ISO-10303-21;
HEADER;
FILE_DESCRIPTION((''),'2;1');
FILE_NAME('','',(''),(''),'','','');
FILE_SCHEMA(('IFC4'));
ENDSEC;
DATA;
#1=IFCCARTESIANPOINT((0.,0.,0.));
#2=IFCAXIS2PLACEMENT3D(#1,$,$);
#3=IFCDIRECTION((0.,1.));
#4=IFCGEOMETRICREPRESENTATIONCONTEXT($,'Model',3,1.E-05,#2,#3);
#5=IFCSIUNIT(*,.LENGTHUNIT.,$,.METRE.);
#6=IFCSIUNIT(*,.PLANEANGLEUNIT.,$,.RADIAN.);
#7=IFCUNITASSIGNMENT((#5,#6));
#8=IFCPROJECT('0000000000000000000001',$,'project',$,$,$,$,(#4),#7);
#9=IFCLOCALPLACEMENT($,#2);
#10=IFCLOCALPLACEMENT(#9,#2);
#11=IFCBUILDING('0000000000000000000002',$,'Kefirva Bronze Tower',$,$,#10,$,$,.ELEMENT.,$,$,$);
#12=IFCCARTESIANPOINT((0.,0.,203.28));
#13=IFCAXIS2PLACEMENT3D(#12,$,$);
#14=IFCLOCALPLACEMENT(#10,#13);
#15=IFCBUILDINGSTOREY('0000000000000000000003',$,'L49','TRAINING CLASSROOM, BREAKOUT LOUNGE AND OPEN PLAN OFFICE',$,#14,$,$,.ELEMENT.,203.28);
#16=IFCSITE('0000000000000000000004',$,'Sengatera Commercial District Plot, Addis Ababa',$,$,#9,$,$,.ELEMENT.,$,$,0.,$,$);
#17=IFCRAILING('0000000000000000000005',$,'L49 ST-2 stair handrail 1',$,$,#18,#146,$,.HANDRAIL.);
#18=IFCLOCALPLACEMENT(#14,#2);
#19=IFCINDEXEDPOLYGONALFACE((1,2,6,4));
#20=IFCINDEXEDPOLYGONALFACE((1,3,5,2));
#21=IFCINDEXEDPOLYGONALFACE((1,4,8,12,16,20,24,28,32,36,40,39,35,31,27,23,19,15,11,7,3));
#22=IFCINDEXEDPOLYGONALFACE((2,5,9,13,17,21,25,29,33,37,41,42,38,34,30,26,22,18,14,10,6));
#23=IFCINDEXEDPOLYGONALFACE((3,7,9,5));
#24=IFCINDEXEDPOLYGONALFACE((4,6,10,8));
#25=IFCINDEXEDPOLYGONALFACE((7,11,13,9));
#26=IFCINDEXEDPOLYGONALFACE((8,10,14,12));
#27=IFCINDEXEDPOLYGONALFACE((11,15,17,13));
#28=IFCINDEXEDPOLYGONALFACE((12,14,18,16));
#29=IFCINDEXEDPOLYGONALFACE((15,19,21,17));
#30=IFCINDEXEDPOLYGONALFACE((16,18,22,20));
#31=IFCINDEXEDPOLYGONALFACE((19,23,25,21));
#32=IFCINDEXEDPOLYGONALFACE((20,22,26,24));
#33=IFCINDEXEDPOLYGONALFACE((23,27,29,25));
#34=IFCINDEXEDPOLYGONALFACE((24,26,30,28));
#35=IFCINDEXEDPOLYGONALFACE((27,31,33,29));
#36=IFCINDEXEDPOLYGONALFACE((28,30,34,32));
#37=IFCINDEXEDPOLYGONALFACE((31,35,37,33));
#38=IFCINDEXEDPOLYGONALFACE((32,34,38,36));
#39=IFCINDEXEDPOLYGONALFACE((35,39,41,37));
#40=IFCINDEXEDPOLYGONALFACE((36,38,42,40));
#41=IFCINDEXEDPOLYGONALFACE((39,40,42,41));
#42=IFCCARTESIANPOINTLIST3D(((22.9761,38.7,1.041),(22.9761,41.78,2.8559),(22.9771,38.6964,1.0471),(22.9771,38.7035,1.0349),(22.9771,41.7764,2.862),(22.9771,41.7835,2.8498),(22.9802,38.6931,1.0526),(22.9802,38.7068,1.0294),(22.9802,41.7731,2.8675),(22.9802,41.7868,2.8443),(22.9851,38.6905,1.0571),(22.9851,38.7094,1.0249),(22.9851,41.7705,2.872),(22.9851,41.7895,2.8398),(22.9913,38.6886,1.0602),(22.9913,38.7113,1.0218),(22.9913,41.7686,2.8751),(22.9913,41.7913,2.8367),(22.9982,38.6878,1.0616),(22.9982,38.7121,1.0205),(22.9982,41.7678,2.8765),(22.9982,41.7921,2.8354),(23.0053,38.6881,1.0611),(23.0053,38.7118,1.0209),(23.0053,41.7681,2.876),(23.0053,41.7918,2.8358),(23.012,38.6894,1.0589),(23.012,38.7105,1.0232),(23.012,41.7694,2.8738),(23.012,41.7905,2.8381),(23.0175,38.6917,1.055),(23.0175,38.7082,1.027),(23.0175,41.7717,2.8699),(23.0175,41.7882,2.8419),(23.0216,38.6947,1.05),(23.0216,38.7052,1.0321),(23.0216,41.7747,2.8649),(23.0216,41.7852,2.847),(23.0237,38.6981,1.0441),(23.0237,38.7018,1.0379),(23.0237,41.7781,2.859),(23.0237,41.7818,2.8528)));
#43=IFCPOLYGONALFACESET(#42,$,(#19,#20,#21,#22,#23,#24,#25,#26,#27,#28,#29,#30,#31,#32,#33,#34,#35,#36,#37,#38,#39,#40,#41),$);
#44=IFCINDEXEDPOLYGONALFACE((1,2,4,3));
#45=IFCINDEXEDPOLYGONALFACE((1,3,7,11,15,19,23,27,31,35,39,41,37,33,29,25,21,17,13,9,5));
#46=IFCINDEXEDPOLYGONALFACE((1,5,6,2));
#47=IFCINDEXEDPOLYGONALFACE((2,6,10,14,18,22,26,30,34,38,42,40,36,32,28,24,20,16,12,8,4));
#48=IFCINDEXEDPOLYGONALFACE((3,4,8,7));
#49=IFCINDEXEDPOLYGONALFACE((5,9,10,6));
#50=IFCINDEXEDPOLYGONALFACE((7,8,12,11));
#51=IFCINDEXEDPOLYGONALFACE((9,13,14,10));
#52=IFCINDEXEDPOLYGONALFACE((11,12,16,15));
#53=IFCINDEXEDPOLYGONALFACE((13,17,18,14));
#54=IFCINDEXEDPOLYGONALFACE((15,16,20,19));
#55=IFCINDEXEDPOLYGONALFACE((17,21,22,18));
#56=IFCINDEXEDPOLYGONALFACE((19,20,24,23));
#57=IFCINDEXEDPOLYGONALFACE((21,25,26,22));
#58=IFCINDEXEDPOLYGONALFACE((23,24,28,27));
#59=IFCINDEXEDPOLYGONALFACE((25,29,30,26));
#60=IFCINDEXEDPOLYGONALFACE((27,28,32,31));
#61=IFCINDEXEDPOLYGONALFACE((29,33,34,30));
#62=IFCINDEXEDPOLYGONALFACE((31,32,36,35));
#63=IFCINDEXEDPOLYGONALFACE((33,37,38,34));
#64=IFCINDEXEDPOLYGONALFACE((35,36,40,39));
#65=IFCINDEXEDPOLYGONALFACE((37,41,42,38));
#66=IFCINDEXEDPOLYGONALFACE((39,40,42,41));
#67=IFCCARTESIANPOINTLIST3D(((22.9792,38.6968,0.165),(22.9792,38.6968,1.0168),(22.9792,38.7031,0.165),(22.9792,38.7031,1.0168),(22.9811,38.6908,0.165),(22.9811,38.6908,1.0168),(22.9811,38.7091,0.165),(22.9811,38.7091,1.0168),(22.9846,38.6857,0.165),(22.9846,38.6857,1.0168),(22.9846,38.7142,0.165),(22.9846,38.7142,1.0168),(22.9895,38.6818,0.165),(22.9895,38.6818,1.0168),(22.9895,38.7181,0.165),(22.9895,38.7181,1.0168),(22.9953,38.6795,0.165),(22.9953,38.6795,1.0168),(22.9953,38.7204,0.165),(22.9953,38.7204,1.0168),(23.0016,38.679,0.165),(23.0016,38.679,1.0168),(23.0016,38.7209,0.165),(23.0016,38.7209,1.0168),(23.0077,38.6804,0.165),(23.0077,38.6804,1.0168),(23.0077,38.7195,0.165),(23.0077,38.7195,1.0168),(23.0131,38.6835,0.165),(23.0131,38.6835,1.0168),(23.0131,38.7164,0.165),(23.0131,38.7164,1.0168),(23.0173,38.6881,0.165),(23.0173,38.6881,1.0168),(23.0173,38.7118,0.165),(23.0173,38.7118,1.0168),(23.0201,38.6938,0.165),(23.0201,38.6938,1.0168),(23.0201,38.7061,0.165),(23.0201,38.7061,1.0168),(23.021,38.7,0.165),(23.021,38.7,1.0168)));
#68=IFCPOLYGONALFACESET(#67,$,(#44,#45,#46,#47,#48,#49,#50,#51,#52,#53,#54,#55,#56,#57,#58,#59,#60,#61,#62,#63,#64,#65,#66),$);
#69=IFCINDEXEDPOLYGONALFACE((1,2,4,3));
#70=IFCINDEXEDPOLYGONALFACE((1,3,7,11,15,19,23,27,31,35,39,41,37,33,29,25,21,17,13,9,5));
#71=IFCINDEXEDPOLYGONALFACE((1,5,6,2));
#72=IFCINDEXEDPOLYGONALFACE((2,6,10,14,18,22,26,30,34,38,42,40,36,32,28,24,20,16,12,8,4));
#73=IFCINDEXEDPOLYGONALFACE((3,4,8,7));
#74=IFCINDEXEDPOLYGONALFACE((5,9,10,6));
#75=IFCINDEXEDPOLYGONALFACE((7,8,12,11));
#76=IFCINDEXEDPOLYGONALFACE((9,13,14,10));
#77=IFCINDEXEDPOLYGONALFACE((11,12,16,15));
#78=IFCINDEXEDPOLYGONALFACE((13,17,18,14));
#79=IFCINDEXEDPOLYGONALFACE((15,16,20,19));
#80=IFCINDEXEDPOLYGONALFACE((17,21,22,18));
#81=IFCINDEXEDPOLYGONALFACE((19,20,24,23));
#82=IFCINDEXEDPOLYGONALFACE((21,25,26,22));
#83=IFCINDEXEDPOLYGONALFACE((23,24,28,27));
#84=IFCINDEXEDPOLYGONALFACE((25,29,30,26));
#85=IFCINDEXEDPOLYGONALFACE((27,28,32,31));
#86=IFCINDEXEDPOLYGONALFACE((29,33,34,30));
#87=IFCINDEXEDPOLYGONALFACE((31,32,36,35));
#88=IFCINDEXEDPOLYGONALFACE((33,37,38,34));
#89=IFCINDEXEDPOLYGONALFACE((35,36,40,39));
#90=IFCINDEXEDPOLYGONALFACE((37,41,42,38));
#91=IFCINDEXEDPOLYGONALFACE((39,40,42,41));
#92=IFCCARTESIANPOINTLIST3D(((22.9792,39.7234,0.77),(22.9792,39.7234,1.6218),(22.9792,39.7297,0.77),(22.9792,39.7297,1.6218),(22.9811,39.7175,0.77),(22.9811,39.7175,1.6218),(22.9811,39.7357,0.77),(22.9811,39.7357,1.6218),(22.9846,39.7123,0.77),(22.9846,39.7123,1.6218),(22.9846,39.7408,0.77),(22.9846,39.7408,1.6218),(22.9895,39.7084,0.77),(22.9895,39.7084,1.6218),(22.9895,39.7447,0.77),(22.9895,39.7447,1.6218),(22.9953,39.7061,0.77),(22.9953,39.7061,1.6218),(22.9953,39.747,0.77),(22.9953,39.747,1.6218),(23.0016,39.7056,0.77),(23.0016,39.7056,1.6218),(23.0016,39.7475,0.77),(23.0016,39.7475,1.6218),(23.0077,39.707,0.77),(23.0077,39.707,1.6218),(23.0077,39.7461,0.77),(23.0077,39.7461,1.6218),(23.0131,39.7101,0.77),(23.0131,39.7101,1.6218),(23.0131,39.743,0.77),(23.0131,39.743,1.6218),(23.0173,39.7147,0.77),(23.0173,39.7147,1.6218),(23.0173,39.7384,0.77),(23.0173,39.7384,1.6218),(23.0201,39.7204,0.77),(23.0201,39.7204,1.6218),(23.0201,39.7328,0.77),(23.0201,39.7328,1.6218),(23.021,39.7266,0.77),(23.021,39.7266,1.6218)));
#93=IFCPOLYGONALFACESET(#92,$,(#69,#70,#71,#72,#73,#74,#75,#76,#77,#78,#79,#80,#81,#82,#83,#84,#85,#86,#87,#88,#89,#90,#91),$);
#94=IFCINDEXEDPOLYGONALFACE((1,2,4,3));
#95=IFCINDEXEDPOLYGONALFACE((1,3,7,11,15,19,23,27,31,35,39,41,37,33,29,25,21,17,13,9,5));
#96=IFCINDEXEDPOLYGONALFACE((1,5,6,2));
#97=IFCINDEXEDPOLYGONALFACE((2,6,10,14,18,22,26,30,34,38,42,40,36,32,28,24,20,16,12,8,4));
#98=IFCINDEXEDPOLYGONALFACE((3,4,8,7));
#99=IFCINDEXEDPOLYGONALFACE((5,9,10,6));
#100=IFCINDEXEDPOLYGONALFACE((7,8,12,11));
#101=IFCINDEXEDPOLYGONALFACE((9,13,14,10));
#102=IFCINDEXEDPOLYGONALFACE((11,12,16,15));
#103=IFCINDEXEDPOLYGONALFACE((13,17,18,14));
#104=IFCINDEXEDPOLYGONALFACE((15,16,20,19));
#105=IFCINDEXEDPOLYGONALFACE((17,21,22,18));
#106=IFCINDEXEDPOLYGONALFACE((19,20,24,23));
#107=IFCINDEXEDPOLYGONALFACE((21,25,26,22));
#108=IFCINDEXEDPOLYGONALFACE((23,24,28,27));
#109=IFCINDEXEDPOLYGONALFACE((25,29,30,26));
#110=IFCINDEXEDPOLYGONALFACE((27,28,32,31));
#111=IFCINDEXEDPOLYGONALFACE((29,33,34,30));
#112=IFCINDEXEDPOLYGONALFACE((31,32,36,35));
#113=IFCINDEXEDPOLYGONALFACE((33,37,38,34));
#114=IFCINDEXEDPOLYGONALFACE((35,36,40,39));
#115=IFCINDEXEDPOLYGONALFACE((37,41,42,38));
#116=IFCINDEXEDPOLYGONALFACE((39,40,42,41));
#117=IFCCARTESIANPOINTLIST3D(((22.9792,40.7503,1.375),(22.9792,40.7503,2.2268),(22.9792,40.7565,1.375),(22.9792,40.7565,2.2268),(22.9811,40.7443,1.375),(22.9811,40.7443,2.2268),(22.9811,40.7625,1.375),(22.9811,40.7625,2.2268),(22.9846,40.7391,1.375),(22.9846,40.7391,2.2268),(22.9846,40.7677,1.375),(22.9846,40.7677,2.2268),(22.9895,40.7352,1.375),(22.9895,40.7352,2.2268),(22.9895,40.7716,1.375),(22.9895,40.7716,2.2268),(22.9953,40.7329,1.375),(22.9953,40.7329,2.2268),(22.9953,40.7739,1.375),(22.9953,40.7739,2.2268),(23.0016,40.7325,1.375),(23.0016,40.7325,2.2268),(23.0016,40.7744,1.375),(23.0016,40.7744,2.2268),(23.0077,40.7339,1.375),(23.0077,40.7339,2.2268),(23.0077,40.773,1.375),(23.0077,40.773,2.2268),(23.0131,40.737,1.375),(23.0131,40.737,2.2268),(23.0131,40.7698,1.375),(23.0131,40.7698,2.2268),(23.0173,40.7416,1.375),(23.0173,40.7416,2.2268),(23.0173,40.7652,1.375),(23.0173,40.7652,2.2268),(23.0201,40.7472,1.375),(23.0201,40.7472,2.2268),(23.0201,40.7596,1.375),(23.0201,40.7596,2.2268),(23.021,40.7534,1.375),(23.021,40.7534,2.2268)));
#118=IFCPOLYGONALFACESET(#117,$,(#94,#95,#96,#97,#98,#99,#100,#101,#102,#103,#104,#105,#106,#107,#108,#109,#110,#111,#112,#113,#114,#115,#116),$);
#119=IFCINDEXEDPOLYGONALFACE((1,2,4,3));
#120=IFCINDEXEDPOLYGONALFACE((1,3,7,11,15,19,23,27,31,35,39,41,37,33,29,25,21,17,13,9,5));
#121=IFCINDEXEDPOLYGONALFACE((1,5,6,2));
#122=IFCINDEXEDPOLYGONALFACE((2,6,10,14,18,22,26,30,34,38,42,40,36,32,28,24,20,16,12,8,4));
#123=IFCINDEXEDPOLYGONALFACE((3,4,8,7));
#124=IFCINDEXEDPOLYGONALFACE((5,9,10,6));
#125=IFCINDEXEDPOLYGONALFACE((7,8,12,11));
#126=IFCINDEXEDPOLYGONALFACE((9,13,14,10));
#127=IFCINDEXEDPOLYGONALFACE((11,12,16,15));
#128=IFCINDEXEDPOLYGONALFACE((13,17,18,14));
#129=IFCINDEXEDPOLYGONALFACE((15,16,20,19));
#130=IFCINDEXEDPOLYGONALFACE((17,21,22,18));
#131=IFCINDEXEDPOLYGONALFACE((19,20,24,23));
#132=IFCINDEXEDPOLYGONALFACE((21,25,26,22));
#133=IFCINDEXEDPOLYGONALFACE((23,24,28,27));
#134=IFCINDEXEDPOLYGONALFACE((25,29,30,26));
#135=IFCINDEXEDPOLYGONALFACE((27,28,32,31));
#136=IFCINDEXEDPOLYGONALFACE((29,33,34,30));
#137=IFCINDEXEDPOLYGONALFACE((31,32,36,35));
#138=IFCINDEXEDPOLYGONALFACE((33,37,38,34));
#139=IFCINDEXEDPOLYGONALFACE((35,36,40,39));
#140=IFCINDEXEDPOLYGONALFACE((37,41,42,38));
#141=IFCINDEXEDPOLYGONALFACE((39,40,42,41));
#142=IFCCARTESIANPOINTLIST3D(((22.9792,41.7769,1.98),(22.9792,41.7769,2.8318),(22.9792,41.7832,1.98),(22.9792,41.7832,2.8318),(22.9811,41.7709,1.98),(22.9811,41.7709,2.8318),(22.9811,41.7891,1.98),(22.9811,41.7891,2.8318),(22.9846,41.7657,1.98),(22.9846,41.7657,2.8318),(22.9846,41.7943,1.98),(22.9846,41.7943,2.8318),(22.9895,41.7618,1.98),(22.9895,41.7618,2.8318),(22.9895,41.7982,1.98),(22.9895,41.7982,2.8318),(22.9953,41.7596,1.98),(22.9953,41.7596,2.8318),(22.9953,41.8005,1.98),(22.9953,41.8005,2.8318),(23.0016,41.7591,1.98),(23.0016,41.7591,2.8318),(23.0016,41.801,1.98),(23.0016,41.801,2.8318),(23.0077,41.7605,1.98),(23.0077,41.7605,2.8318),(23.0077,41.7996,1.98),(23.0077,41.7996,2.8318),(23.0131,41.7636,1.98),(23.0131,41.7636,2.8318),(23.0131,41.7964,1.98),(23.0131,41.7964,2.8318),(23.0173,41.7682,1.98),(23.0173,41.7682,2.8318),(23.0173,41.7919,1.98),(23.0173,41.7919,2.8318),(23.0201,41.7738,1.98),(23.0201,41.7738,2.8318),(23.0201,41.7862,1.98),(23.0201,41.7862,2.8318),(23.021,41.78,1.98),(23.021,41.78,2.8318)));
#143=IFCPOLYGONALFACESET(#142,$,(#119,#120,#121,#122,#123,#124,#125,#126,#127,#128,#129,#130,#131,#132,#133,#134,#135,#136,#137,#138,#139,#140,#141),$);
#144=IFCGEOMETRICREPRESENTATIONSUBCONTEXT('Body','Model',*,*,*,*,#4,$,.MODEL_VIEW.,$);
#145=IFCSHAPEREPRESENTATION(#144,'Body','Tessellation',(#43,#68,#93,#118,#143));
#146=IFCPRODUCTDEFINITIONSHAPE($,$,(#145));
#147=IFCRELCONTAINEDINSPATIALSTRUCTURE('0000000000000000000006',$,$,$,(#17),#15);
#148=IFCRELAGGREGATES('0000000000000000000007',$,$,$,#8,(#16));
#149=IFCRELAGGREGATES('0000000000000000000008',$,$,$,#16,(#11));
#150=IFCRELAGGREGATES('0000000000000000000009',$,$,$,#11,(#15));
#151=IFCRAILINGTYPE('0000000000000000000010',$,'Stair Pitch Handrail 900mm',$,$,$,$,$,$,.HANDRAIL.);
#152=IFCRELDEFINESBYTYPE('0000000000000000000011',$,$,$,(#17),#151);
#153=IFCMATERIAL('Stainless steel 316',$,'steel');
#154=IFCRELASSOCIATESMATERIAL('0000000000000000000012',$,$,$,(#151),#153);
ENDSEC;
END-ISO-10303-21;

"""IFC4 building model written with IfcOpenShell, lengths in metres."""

from ifc_helpers import new_model, si_unit, direction, frame, origin, origin_2d, place, context, subcontext, project, spatial, circle, extrude, material, type_object, element, save


model = new_model("IFC4")

# Units and contexts
model_context = context("Model", 3, precision=1e-05, world=origin(), true_north=direction((0.0, 1.0)))
body_context = subcontext(model_context, "Body", "Model", "MODEL_VIEW")
ifc_project = project(units=[si_unit("LENGTHUNIT", "METRE"), si_unit("PLANEANGLEUNIT", "RADIAN")], contexts=[model_context])

# Site, building, storey
site_placement = place(None, origin())
site = spatial("IfcSite", under=ifc_project, at=site_placement, Name="Sengatera Commercial District Plot, Addis Ababa", CompositionType="ELEMENT", RefElevation=0.0)
building_placement = place(site_placement, origin())
building = spatial("IfcBuilding", under=site, at=building_placement, Name="Kefirva Bronze Tower", CompositionType="ELEMENT")
storey_placement = place(building_placement, frame((0.0, 0.0, 203.28)))
storey = spatial("IfcBuildingStorey", under=building, at=storey_placement, Name="L49", Description="TRAINING CLASSROOM, BREAKOUT LOUNGE AND OPEN PLAN OFFICE", CompositionType="ELEMENT", Elevation=203.28)

# Railing
ifc_material_1 = material(Name="Stainless steel 316", Category="steel")
railing_type_1 = type_object("IfcRailingType", Name="Stair Pitch Handrail 900mm", PredefinedType="HANDRAIL", material=ifc_material_1)
railing_1_placement = place(storey_placement, frame((23.0, 38.7, 0.165)))
element("IfcRailing", 1, at=railing_1_placement, inside=storey, type_object=railing_type_1, Name="L49 ST-2 stair handrail 1", PredefinedType="HANDRAIL", context=body_context, shape_type="SweptSolid", body=[
    extrude(circle(Radius=0.0239, at=origin_2d()), frame((0.0, 0.0, 0.876), z_axis=(0.0, 0.861551, 0.507671), x_axis=(-1.0, 0.0, 0.0)), (0.0, 0.0, 1.0), 3.575),
    extrude(circle(Radius=0.021, at=origin_2d()), origin(), (0.0, 0.0, 1.0), 0.8518),
    extrude(circle(Radius=0.021, at=origin_2d()), frame((0.0, 1.0266, 0.605)), (0.0, 0.0, 1.0), 0.8518),
    extrude(circle(Radius=0.021, at=origin_2d()), frame((0.0, 2.0535, 1.21)), (0.0, 0.0, 1.0), 0.8518),
    extrude(circle(Radius=0.021, at=origin_2d()), frame((0.0, 3.0801, 1.8149)), (0.0, 0.0, 1.0), 0.8518),
])

save(model, "model.ifc")
